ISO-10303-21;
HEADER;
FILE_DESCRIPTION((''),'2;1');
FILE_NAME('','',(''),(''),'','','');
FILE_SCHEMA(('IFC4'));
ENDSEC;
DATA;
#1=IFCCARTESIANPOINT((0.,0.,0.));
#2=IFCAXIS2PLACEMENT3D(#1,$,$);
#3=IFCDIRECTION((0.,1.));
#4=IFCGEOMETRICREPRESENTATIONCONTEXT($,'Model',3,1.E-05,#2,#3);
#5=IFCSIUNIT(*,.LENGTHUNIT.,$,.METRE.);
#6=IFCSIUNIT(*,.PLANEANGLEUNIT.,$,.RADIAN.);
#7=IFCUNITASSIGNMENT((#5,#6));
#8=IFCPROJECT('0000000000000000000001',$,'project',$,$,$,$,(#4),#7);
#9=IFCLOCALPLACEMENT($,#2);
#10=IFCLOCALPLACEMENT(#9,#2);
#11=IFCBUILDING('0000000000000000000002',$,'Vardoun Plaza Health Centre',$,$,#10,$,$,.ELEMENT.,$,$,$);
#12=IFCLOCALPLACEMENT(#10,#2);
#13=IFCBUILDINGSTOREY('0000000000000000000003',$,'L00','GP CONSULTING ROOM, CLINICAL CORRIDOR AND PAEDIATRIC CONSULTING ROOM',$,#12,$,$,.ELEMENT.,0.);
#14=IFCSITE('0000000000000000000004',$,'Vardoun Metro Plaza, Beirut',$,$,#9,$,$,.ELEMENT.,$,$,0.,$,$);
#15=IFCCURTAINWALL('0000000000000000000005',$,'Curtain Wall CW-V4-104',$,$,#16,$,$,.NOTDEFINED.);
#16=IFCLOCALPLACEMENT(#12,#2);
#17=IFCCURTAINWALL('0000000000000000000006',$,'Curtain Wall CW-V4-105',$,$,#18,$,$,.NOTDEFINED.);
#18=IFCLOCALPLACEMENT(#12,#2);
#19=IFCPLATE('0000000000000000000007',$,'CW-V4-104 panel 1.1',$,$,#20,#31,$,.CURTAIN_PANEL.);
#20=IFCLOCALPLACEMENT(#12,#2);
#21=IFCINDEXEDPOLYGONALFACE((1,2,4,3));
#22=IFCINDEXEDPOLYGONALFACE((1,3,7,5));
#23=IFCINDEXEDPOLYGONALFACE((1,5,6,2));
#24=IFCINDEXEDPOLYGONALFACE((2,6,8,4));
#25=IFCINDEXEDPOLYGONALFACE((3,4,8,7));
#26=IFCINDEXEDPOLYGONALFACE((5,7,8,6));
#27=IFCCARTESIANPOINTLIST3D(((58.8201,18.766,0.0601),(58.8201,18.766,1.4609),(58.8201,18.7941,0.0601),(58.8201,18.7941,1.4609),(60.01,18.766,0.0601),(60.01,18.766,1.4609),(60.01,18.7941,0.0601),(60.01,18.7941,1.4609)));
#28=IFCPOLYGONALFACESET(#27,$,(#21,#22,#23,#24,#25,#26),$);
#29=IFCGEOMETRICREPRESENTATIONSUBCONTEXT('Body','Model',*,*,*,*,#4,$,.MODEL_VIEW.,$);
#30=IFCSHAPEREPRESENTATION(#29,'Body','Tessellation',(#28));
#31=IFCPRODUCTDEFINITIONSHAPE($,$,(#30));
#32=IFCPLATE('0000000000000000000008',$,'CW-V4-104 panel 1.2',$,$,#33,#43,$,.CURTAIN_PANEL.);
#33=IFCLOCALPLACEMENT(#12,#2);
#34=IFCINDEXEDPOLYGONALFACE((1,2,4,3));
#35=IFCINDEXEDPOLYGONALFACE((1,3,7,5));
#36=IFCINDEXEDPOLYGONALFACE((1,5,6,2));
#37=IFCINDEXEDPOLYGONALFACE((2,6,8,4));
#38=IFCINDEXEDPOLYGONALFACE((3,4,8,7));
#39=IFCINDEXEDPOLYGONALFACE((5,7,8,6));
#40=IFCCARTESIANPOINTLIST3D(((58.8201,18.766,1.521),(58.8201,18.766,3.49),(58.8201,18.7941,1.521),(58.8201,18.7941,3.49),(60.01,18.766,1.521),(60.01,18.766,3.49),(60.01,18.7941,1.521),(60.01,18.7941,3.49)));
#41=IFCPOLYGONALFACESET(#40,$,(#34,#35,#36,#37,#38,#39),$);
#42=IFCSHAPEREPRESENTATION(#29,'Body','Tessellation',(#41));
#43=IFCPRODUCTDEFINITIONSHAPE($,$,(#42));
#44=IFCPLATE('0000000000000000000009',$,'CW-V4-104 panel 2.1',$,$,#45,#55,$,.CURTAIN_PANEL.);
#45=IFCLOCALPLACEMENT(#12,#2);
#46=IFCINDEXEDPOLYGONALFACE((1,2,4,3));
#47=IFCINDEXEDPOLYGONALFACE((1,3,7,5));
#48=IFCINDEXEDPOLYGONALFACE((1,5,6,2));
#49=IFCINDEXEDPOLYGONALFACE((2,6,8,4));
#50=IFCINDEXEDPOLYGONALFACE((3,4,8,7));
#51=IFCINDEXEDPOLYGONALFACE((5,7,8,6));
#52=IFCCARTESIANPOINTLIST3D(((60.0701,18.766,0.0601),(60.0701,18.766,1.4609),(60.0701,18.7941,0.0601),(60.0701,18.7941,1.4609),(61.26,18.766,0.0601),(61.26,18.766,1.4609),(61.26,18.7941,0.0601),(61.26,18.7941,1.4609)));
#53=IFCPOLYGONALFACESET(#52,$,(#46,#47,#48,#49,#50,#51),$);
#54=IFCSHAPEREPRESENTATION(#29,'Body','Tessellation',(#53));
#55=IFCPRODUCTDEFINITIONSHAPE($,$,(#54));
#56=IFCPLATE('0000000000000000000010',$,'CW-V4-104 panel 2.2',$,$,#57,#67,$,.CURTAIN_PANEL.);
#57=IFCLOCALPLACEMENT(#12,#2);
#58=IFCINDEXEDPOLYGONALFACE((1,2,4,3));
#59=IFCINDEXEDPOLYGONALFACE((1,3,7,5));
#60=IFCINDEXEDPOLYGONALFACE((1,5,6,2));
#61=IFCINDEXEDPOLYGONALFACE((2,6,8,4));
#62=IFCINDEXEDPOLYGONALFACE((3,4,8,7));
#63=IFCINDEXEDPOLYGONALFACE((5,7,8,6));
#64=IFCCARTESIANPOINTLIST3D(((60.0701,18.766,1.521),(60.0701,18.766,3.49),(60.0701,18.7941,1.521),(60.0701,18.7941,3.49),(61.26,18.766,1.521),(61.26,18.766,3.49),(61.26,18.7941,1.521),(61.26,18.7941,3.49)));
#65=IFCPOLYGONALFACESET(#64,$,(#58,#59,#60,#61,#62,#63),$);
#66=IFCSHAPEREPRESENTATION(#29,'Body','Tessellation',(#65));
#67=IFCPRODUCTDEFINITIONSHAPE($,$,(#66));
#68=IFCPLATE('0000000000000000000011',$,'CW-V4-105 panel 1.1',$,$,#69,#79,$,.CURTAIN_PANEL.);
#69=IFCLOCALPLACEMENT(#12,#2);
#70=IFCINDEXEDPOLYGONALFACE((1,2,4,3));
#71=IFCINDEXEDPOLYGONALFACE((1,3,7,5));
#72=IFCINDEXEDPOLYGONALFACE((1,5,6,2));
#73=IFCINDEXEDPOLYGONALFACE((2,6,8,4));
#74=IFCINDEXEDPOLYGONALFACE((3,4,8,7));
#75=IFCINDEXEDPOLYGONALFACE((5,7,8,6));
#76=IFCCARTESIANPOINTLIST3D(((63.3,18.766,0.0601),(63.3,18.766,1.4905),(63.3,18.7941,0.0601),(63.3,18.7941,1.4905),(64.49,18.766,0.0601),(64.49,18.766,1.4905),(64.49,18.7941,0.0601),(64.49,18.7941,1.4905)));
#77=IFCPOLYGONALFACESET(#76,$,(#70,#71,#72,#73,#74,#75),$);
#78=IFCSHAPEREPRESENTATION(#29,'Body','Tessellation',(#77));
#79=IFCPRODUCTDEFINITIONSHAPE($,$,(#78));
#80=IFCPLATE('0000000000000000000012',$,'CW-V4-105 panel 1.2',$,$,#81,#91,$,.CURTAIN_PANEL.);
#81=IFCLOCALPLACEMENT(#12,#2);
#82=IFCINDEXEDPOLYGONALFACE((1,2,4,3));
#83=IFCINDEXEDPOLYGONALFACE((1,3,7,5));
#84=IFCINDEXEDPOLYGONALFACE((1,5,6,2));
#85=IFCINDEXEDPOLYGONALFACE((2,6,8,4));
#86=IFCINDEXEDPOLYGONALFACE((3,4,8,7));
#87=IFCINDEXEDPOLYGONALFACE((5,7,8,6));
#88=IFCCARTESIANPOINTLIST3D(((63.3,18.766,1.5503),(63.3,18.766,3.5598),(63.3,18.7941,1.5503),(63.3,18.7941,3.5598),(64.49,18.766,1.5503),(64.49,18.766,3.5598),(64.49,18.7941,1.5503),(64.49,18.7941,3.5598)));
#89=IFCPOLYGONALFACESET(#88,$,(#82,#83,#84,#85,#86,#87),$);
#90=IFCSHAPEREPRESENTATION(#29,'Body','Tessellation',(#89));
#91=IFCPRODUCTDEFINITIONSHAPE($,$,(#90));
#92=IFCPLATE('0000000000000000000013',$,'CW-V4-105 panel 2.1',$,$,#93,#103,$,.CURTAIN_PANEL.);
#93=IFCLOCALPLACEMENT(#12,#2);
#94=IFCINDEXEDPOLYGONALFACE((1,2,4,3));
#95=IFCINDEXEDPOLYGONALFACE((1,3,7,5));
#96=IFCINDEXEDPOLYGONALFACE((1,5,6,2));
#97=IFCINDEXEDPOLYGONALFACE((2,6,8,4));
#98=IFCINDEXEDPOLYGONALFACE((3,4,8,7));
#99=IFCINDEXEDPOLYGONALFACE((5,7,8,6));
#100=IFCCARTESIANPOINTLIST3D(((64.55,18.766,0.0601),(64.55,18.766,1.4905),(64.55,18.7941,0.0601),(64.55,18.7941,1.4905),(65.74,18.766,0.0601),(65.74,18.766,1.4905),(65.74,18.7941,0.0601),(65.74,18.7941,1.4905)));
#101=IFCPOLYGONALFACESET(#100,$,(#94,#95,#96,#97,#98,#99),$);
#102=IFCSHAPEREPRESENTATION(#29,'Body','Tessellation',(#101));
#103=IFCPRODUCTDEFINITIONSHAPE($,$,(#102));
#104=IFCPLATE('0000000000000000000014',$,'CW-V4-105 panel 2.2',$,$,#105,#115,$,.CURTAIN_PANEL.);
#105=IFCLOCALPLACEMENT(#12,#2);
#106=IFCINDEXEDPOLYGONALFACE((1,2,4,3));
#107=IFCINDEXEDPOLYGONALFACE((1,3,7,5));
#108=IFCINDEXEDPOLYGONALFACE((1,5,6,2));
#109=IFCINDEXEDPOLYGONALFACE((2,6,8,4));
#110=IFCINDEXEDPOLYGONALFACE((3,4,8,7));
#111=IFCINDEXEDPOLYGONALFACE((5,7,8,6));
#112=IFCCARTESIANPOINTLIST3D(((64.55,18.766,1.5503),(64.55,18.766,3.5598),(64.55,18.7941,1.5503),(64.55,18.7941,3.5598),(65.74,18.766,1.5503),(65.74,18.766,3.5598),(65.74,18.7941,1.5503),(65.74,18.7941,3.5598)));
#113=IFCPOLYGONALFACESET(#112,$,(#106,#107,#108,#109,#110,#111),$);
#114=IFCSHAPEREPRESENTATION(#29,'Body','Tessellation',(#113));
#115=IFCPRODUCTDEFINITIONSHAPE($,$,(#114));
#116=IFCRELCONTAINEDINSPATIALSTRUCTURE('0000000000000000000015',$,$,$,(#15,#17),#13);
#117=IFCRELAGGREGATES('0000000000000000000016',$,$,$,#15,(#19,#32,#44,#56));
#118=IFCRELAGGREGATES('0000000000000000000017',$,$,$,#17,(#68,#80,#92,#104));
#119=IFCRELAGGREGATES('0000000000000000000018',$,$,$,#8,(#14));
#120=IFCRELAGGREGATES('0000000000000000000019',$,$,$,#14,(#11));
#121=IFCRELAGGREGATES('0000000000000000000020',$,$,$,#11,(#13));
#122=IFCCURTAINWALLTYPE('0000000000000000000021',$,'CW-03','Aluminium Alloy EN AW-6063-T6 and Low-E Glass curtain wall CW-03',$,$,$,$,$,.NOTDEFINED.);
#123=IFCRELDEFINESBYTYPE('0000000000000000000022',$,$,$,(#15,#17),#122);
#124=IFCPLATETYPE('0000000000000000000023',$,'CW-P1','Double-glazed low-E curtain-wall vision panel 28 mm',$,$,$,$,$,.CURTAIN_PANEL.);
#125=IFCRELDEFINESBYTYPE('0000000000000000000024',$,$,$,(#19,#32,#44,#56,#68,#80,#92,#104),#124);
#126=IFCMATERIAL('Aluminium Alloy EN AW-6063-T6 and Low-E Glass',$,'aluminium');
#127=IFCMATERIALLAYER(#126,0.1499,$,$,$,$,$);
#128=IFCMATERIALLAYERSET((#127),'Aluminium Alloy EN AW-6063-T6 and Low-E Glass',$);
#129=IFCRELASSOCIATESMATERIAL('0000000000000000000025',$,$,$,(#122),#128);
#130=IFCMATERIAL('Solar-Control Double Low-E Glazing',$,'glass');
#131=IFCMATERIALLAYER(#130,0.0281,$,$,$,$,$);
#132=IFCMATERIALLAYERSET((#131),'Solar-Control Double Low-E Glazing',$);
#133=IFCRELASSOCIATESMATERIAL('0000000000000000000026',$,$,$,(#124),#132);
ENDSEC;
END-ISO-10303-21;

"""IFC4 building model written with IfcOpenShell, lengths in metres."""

from ifc_helpers import new_model, si_unit, direction, frame, origin, origin_2d, place, context, subcontext, project, spatial, rectangle, extrude, material, layer, layer_set, type_object, element, aggregate, save


model = new_model("IFC4")

# Units and contexts
model_context = context("Model", 3, precision=1e-05, world=origin(), true_north=direction((0.0, 1.0)))
body_context = subcontext(model_context, "Body", "Model", "MODEL_VIEW")
ifc_project = project(units=[si_unit("LENGTHUNIT", "METRE"), si_unit("PLANEANGLEUNIT", "RADIAN")], contexts=[model_context])

# Site, building, storey
site_placement = place(None, origin())
site = spatial("IfcSite", under=ifc_project, at=site_placement, Name="Vardoun Metro Plaza, Beirut", CompositionType="ELEMENT", RefElevation=0.0)
building_placement = place(site_placement, origin())
building = spatial("IfcBuilding", under=site, at=building_placement, Name="Vardoun Plaza Health Centre", CompositionType="ELEMENT")
storey_placement = place(building_placement, origin())
storey = spatial("IfcBuildingStorey", under=building, at=storey_placement, Name="L00", Description="GP CONSULTING ROOM, CLINICAL CORRIDOR AND PAEDIATRIC CONSULTING ROOM", CompositionType="ELEMENT", Elevation=0.0)

# Curtain walls
ifc_material_1 = material(Name="Aluminium Alloy EN AW-6063-T6 and Low-E Glass", Category="aluminium")
ifc_layer_1 = layer(ifc_material_1, 0.1499)
ifc_layer_set_1 = layer_set([ifc_layer_1], Name="Aluminium Alloy EN AW-6063-T6 and Low-E Glass")
curtain_wall_type = type_object("IfcCurtainWallType", Name="CW-03", Description="Aluminium Alloy EN AW-6063-T6 and Low-E Glass curtain wall CW-03", PredefinedType="NOTDEFINED", material=ifc_layer_set_1)
curtain_wall_1_placement = place(storey_placement, origin())
curtain_wall_1 = element("IfcCurtainWall", 1, at=curtain_wall_1_placement, inside=storey, type_object=curtain_wall_type, Name="Curtain Wall CW-V4-104", PredefinedType="NOTDEFINED")
curtain_wall_2_placement = place(storey_placement, origin())
curtain_wall_2 = element("IfcCurtainWall", 2, at=curtain_wall_2_placement, inside=storey, type_object=curtain_wall_type, Name="Curtain Wall CW-V4-105", PredefinedType="NOTDEFINED")

# Plates
ifc_material_2 = material(Name="Solar-Control Double Low-E Glazing", Category="glass")
ifc_layer_2 = layer(ifc_material_2, 0.0281)
ifc_layer_set_2 = layer_set([ifc_layer_2], Name="Solar-Control Double Low-E Glazing")
plate_type = type_object("IfcPlateType", Name="CW-P1", Description="Double-glazed low-E curtain-wall vision panel 28 mm", PredefinedType="CURTAIN_PANEL", material=ifc_layer_set_2)
plate_1_placement = place(storey_placement, frame((59.415, 18.78, 0.0601), z_axis=(0.0, 0.0, 1.0), x_axis=(1.0, 0.0, 0.0)))
plate_1 = element("IfcPlate", 3, at=plate_1_placement, type_object=plate_type, Name="CW-V4-104 panel 1.1", PredefinedType="CURTAIN_PANEL", context=body_context, shape_type="SweptSolid", body=[
    extrude(rectangle(XDim=1.1899, YDim=0.0281, at=origin_2d()), origin(), (0.0, 0.0, 1.0), 1.4009),
])
plate_2_placement = place(storey_placement, frame((59.415, 18.78, 1.521), z_axis=(0.0, 0.0, 1.0), x_axis=(1.0, 0.0, 0.0)))
plate_2 = element("IfcPlate", 4, at=plate_2_placement, type_object=plate_type, Name="CW-V4-104 panel 1.2", PredefinedType="CURTAIN_PANEL", context=body_context, shape_type="SweptSolid", body=[
    extrude(rectangle(XDim=1.1899, YDim=0.0281, at=origin_2d()), origin(), (0.0, 0.0, 1.0), 1.969),
])
plate_3_placement = place(storey_placement, frame((60.665, 18.78, 0.0601), z_axis=(0.0, 0.0, 1.0), x_axis=(1.0, 0.0, 0.0)))
plate_3 = element("IfcPlate", 5, at=plate_3_placement, type_object=plate_type, Name="CW-V4-104 panel 2.1", PredefinedType="CURTAIN_PANEL", context=body_context, shape_type="SweptSolid", body=[
    extrude(rectangle(XDim=1.1899, YDim=0.0281, at=origin_2d()), origin(), (0.0, 0.0, 1.0), 1.4009),
])
plate_4_placement = place(storey_placement, frame((60.665, 18.78, 1.521), z_axis=(0.0, 0.0, 1.0), x_axis=(1.0, 0.0, 0.0)))
plate_4 = element("IfcPlate", 6, at=plate_4_placement, type_object=plate_type, Name="CW-V4-104 panel 2.2", PredefinedType="CURTAIN_PANEL", context=body_context, shape_type="SweptSolid", body=[
    extrude(rectangle(XDim=1.1899, YDim=0.0281, at=origin_2d()), origin(), (0.0, 0.0, 1.0), 1.969),
])
aggregate(curtain_wall_1, [plate_1, plate_2, plate_3, plate_4])
plate_5_placement = place(storey_placement, frame((63.895, 18.78, 0.0601), z_axis=(0.0, 0.0, 1.0), x_axis=(1.0, 0.0, 0.0)))
plate_5 = element("IfcPlate", 7, at=plate_5_placement, type_object=plate_type, Name="CW-V4-105 panel 1.1", PredefinedType="CURTAIN_PANEL", context=body_context, shape_type="SweptSolid", body=[
    extrude(rectangle(XDim=1.1899, YDim=0.0281, at=origin_2d()), origin(), (0.0, 0.0, 1.0), 1.4304),
])
plate_6_placement = place(storey_placement, frame((63.895, 18.78, 1.5503), z_axis=(0.0, 0.0, 1.0), x_axis=(1.0, 0.0, 0.0)))
plate_6 = element("IfcPlate", 8, at=plate_6_placement, type_object=plate_type, Name="CW-V4-105 panel 1.2", PredefinedType="CURTAIN_PANEL", context=body_context, shape_type="SweptSolid", body=[
    extrude(rectangle(XDim=1.1899, YDim=0.0281, at=origin_2d()), origin(), (0.0, 0.0, 1.0), 2.0095),
])
plate_7_placement = place(storey_placement, frame((65.145, 18.78, 0.0601), z_axis=(0.0, 0.0, 1.0), x_axis=(1.0, 0.0, 0.0)))
plate_7 = element("IfcPlate", 9, at=plate_7_placement, type_object=plate_type, Name="CW-V4-105 panel 2.1", PredefinedType="CURTAIN_PANEL", context=body_context, shape_type="SweptSolid", body=[
    extrude(rectangle(XDim=1.1899, YDim=0.0281, at=origin_2d()), origin(), (0.0, 0.0, 1.0), 1.4304),
])
plate_8_placement = place(storey_placement, frame((65.145, 18.78, 1.5503), z_axis=(0.0, 0.0, 1.0), x_axis=(1.0, 0.0, 0.0)))
plate_8 = element("IfcPlate", 10, at=plate_8_placement, type_object=plate_type, Name="CW-V4-105 panel 2.2", PredefinedType="CURTAIN_PANEL", context=body_context, shape_type="SweptSolid", body=[
    extrude(rectangle(XDim=1.1899, YDim=0.0281, at=origin_2d()), origin(), (0.0, 0.0, 1.0), 2.0095),
])
aggregate(curtain_wall_2, [plate_5, plate_6, plate_7, plate_8])

save(model, "model.ifc")
